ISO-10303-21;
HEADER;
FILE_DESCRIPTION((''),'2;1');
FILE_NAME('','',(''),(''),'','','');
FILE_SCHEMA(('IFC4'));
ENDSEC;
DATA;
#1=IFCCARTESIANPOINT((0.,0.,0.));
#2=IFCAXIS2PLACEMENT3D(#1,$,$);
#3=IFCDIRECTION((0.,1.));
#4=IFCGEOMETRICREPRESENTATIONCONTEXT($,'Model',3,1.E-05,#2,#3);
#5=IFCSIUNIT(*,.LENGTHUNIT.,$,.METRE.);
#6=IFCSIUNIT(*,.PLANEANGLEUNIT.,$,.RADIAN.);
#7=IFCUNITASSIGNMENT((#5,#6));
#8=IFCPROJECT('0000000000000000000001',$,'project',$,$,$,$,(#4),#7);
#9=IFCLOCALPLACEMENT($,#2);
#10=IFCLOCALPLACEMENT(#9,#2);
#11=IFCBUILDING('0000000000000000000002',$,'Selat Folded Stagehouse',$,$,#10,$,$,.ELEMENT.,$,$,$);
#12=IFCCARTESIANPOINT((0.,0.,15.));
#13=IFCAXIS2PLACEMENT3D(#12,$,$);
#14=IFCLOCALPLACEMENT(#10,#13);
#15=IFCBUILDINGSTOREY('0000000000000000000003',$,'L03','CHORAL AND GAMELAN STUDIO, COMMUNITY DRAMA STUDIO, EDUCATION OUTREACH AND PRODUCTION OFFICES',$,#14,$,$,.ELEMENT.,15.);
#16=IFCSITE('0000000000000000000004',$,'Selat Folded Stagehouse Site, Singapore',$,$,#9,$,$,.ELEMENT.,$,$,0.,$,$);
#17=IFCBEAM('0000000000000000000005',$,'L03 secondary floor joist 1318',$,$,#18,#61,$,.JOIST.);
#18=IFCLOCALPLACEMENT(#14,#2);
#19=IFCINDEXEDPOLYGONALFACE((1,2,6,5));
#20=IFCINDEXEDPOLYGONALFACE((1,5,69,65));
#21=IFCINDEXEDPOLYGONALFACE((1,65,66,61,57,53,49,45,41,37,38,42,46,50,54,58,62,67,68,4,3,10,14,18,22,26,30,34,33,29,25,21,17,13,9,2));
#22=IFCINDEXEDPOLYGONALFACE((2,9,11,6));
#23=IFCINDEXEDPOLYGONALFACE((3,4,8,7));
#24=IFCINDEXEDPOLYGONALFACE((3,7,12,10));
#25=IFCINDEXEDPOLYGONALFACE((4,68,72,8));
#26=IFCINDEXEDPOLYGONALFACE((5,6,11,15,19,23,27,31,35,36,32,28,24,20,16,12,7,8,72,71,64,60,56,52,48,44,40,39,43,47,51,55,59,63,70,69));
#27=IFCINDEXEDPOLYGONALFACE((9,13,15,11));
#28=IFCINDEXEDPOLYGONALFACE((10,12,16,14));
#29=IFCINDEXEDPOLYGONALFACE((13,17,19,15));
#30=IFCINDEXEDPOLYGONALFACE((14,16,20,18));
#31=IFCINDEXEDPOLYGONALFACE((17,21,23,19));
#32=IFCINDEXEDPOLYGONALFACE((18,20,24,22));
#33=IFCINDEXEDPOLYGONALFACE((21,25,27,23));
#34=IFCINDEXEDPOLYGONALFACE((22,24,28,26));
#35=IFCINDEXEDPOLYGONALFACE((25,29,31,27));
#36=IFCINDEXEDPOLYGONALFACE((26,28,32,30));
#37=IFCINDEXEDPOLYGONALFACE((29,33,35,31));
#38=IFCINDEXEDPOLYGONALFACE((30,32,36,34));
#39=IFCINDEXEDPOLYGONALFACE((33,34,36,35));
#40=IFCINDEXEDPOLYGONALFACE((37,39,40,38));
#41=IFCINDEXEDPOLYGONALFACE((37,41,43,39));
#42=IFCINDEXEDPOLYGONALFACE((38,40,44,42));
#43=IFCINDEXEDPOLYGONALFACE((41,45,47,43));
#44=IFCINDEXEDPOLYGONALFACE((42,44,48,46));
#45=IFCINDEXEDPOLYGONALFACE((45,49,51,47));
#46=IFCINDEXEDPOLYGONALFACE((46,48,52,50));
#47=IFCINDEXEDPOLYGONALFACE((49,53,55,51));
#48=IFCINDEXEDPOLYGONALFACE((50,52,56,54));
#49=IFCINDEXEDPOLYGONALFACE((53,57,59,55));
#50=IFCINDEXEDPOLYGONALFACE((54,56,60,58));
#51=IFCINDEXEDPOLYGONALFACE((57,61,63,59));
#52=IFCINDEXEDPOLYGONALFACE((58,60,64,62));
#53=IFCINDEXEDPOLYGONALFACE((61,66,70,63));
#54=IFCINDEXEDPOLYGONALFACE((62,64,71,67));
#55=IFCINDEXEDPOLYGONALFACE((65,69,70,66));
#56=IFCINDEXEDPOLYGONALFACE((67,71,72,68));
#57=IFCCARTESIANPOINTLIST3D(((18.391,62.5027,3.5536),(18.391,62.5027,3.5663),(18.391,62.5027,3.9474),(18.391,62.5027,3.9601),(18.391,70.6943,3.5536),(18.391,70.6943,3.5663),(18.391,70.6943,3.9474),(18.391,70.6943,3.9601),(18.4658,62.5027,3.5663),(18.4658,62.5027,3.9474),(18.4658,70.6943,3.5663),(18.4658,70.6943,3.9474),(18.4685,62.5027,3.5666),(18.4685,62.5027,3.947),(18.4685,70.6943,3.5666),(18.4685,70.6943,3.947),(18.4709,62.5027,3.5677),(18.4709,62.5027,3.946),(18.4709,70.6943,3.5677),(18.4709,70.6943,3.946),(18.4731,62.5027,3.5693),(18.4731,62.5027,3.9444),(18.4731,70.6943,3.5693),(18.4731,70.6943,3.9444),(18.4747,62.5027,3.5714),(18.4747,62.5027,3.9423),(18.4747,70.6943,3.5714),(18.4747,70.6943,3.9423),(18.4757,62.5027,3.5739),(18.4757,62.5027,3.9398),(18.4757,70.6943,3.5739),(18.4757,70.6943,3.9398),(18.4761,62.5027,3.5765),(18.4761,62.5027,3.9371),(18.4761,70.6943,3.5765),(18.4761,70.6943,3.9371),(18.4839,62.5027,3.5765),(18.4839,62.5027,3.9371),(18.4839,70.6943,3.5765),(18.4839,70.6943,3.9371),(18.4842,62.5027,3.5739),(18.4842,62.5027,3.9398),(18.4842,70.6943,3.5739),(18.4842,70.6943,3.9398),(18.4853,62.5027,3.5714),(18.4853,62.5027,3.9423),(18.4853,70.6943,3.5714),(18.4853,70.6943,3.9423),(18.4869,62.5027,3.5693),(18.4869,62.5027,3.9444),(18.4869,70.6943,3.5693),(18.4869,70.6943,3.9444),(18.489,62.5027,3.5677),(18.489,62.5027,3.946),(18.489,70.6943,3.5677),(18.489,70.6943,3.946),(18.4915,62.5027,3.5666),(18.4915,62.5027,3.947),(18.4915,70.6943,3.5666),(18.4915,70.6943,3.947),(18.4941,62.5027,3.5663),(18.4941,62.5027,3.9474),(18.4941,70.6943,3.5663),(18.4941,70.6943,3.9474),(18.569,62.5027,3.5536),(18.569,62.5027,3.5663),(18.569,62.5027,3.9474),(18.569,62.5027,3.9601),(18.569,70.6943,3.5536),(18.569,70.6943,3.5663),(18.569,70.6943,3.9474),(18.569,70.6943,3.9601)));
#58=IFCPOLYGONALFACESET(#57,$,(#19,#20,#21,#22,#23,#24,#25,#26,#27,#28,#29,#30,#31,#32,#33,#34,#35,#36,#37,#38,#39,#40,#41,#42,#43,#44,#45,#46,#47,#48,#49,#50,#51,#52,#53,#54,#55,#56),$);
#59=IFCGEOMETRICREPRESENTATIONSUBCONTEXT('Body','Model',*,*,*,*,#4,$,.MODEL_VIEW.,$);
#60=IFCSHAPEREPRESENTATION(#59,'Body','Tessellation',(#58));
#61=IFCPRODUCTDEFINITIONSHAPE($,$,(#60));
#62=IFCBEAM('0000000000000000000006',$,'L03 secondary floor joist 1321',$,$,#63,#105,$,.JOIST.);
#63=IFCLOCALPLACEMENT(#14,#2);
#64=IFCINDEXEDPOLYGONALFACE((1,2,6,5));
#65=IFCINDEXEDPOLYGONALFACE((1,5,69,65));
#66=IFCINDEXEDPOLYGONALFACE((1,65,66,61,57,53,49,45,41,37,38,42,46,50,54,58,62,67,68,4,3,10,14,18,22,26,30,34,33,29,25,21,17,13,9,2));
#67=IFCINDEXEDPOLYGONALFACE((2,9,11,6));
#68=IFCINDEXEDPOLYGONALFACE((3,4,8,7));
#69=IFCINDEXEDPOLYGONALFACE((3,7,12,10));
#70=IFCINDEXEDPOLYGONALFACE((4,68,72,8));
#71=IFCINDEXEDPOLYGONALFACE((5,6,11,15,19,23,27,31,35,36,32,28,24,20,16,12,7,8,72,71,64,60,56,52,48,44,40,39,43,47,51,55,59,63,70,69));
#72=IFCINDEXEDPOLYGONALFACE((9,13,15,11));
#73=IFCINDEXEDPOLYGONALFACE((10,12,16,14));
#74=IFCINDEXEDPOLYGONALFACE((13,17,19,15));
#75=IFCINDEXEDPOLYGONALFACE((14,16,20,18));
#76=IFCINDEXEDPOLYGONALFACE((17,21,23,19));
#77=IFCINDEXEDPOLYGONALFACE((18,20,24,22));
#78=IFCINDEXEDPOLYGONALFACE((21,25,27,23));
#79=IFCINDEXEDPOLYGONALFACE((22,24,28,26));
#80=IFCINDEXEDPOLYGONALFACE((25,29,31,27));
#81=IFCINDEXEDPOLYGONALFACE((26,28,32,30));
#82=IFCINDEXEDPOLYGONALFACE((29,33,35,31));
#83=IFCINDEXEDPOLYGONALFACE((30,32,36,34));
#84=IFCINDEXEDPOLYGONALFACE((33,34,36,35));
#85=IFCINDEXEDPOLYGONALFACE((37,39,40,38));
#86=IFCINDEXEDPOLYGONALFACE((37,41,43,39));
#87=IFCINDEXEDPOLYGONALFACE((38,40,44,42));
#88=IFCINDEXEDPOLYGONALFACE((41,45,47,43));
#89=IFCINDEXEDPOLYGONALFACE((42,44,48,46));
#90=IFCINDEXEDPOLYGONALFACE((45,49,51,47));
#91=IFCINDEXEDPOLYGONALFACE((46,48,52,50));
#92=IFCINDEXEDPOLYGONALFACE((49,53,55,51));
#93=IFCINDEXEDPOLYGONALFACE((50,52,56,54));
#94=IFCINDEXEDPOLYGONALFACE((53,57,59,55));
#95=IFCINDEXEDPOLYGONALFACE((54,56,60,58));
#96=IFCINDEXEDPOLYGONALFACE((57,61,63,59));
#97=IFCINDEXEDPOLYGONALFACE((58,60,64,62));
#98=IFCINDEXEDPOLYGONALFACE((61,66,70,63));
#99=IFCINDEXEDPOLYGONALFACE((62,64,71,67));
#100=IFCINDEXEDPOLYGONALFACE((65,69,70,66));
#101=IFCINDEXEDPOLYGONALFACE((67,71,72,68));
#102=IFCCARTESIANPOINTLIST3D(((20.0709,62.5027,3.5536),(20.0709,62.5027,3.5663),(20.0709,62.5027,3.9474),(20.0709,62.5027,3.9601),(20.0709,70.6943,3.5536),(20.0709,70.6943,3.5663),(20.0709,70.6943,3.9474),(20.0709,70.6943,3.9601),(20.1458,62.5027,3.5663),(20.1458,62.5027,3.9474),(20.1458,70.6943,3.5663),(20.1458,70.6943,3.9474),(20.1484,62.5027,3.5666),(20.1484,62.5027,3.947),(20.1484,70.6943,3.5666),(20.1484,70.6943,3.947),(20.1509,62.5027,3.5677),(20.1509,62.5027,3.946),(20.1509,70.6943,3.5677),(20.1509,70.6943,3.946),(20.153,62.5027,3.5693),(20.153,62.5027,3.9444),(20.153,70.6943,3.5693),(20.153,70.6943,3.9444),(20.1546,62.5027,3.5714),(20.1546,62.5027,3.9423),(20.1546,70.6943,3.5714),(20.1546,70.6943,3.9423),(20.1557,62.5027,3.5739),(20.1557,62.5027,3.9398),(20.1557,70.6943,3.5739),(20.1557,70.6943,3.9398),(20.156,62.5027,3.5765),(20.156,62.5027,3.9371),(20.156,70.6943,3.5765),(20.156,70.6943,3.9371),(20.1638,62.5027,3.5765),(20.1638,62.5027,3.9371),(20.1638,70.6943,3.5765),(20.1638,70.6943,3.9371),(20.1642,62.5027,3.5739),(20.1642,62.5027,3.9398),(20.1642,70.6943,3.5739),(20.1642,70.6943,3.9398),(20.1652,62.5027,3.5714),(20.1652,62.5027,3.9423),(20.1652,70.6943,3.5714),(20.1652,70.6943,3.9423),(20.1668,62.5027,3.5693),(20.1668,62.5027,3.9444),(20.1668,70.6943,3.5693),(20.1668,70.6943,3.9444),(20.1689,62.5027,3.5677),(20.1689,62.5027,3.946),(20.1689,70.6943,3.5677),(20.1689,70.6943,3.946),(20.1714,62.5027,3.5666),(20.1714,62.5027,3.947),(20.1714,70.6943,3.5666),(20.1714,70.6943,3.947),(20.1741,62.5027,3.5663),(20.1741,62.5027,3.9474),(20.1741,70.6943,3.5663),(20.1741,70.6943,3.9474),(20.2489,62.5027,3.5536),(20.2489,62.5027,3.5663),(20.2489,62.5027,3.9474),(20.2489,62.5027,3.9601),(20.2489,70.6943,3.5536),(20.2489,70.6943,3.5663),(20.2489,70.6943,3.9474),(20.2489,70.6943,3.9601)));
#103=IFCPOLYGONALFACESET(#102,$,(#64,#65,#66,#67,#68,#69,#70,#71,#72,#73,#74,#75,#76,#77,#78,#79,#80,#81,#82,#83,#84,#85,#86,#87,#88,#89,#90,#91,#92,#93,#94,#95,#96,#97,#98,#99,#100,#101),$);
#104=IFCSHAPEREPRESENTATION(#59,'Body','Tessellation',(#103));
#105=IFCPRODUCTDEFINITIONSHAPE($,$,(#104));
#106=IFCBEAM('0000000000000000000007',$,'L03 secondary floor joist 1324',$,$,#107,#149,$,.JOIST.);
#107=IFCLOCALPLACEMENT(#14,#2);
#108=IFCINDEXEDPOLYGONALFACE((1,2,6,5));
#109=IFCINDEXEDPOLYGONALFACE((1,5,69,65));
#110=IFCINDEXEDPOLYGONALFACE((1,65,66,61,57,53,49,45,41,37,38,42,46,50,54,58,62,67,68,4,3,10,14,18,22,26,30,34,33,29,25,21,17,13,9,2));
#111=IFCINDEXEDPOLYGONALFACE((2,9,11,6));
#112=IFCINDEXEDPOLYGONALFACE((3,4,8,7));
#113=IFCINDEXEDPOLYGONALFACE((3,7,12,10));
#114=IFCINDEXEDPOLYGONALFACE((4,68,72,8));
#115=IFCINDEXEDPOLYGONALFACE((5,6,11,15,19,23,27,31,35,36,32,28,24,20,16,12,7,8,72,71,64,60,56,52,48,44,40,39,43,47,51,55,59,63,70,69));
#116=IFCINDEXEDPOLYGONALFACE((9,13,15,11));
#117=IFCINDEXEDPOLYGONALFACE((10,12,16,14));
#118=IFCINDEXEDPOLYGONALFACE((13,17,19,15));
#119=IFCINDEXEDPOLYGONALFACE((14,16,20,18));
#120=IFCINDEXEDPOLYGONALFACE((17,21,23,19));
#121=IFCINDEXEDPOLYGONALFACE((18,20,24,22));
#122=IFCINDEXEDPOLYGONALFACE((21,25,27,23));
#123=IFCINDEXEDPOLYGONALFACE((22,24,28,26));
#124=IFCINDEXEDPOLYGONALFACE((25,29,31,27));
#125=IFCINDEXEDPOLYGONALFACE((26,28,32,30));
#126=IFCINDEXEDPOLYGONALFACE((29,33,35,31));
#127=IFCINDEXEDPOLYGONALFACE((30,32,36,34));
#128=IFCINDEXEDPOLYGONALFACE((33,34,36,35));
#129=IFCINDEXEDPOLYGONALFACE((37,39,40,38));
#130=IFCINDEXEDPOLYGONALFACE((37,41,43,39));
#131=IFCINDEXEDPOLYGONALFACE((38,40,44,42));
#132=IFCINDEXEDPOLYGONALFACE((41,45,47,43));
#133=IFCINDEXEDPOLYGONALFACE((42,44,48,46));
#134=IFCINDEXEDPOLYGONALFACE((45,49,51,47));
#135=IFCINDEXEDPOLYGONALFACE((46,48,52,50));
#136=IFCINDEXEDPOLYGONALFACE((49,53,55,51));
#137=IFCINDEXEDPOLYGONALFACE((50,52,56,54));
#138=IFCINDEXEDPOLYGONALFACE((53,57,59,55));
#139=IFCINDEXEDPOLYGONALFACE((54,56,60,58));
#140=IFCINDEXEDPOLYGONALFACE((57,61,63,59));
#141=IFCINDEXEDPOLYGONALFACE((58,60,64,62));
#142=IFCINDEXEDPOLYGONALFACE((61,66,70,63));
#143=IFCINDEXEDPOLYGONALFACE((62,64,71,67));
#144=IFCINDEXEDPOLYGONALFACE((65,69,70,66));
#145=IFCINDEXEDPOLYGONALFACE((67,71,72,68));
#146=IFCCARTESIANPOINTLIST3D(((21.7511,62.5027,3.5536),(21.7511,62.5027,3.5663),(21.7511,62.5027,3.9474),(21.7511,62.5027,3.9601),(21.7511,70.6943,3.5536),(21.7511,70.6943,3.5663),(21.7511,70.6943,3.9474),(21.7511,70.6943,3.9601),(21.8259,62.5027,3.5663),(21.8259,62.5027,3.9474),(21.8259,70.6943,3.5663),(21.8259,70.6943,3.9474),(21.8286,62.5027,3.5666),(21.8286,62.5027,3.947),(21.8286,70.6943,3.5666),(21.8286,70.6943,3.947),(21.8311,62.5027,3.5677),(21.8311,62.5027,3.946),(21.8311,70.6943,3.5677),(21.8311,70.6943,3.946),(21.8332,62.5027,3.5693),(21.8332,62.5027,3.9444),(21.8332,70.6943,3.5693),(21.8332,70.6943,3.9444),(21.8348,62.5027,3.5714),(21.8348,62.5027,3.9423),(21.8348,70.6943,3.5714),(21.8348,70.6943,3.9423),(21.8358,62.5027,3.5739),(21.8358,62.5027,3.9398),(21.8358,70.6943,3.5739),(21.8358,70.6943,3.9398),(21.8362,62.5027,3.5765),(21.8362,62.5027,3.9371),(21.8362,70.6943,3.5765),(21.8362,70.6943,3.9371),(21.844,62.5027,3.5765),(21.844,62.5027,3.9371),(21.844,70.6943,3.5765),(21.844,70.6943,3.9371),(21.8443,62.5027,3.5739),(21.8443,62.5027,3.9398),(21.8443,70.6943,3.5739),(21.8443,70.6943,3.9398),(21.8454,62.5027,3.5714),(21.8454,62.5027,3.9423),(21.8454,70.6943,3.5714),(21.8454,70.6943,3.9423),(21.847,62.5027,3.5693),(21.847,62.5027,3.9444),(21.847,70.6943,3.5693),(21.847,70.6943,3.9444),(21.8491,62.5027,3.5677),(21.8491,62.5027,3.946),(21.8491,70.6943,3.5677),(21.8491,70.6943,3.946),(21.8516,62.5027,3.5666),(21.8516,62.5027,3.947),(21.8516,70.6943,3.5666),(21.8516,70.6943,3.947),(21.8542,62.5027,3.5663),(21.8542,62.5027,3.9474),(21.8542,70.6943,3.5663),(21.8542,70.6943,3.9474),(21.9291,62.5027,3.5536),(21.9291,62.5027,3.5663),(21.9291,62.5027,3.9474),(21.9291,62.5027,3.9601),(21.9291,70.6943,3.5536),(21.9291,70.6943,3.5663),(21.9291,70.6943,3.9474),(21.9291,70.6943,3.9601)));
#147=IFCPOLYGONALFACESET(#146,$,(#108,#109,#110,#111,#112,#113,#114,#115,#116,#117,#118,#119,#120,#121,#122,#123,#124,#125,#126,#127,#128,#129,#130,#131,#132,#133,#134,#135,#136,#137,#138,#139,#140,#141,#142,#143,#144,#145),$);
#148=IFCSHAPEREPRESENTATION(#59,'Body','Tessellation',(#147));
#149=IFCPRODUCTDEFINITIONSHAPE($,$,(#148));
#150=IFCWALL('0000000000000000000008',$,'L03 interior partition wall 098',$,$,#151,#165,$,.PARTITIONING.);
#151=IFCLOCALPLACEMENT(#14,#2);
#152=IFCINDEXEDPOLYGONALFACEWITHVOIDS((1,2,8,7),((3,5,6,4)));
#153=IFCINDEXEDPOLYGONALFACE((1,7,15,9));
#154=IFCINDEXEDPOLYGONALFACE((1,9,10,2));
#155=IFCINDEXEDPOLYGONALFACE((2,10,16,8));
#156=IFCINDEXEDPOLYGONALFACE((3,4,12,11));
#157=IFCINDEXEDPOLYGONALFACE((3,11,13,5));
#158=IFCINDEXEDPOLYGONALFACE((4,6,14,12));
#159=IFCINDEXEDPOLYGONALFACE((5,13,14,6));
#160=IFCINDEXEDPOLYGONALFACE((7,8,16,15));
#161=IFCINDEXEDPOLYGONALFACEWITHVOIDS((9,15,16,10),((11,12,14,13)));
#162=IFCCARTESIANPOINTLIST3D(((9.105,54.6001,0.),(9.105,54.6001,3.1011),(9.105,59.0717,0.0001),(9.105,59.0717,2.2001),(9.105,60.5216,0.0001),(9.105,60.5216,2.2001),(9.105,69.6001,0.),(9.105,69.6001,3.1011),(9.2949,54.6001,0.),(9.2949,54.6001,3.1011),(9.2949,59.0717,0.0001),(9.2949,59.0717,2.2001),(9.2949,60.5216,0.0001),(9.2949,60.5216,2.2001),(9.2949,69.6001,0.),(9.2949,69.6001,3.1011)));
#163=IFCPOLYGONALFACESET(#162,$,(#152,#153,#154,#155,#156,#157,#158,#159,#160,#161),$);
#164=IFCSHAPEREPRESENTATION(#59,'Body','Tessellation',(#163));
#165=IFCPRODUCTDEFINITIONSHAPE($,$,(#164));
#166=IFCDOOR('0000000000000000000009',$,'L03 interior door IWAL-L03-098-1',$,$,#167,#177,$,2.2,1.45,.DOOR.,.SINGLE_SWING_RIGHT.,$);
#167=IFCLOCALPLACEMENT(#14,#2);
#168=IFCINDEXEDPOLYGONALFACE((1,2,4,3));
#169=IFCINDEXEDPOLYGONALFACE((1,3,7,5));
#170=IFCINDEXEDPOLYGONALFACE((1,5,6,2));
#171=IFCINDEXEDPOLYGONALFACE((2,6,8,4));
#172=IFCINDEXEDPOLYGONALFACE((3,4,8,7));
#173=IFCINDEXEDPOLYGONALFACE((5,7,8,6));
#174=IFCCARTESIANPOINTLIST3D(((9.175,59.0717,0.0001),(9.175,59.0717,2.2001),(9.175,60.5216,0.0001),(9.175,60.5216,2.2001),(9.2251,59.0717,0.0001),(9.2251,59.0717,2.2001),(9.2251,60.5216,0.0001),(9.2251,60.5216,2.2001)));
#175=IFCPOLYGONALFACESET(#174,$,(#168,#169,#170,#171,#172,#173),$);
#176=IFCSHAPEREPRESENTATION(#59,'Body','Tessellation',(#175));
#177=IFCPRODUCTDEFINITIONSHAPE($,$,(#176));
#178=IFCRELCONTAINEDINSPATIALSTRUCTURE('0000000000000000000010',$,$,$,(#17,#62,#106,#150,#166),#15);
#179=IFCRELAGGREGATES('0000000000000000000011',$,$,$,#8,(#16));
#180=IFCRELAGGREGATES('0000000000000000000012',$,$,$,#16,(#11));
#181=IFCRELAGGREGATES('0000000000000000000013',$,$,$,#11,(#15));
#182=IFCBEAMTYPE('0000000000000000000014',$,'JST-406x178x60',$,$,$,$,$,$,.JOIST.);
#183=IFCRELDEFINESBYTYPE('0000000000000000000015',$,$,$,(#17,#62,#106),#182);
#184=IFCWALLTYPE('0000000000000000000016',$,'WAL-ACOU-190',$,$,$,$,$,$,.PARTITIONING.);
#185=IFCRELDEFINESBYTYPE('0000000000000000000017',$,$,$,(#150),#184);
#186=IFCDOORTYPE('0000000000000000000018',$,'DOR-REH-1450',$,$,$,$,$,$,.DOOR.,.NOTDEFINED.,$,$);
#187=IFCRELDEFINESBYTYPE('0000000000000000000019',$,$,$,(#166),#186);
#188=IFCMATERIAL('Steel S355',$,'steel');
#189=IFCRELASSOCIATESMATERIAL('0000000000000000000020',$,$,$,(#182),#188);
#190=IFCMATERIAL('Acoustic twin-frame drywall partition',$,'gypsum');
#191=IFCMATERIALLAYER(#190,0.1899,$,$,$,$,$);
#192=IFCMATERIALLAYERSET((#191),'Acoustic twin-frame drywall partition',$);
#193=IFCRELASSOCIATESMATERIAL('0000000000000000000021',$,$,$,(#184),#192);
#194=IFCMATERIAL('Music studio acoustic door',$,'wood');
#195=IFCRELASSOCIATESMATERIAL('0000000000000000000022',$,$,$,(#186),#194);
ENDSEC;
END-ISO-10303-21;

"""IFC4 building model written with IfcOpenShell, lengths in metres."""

from ifc_helpers import new_model, si_unit, direction, frame, frame_2d, origin, origin_2d, place, context, subcontext, project, spatial, rectangle, i_section, extrude, material, layer, layer_set, material_profile, profile_set, type_object, element, fill, save


model = new_model("IFC4")

# Units and contexts
model_context = context("Model", 3, precision=1e-05, world=origin(), true_north=direction((0.0, 1.0)))
body_context = subcontext(model_context, "Body", "Model", "MODEL_VIEW")
ifc_project = project(units=[si_unit("LENGTHUNIT", "METRE"), si_unit("PLANEANGLEUNIT", "RADIAN")], contexts=[model_context])

# Site, building, storey
site_placement = place(None, origin())
site = spatial("IfcSite", under=ifc_project, at=site_placement, Name="Selat Folded Stagehouse Site, Singapore", CompositionType="ELEMENT", RefElevation=0.0)
building_placement = place(site_placement, origin())
building = spatial("IfcBuilding", under=site, at=building_placement, Name="Selat Folded Stagehouse", CompositionType="ELEMENT")
storey_placement = place(building_placement, frame((0.0, 0.0, 15.0)))
storey = spatial("IfcBuildingStorey", under=building, at=storey_placement, Name="L03", Description="CHORAL AND GAMELAN STUDIO, COMMUNITY DRAMA STUDIO, EDUCATION OUTREACH AND PRODUCTION OFFICES", CompositionType="ELEMENT", Elevation=15.0)

# Shared definitions
ifc_material_1 = material(Name="Steel S355", Category="steel")

# Beams
ifc_material_profile_1 = material_profile(ifc_material_1, i_section(OverallWidth=0.178, OverallDepth=0.4065, WebThickness=0.0078, FlangeThickness=0.0127, FilletRadius=0.0103, at=origin_2d()), Name="UKB 406x178x60")
ifc_profile_set_1 = profile_set([ifc_material_profile_1], Name="Steel S355")
beam_type_1 = type_object("IfcBeamType", Name="JST-406x178x60", PredefinedType="JOIST", material=ifc_profile_set_1)
for number, where, z_axis, x_axis, name in (
    (1, (18.48, 62.5027, 3.7568), (0.0, 1.0, 0.0), (-1.0, 0.0, 0.0), "L03 secondary floor joist 1318"),
    (2, (20.1599, 62.5027, 3.7568), (0.0, 1.0, 0.0), (-1.0, 0.0, 0.0), "L03 secondary floor joist 1321"),
    (3, (21.8401, 62.5027, 3.7568), (0.0, 1.0, 0.0), (-1.0, 0.0, 0.0), "L03 secondary floor joist 1324"),
):
    element("IfcBeam", number, at=place(storey_placement, frame(where, z_axis=z_axis, x_axis=x_axis)), inside=storey, type_object=beam_type_1, Name=name, PredefinedType="JOIST", context=body_context, shape_type="SweptSolid", body=[
        extrude(i_section(OverallWidth=0.178, OverallDepth=0.4065, WebThickness=0.0078, FlangeThickness=0.0127, FilletRadius=0.0103, at=origin_2d()), origin(), (0.0, 0.0, 1.0), 8.1917),
    ])

# Wall, opening, door
ifc_material_2 = material(Name="Acoustic twin-frame drywall partition", Category="gypsum")
ifc_layer_1 = layer(ifc_material_2, 0.1899)
ifc_layer_set_1 = layer_set([ifc_layer_1], Name="Acoustic twin-frame drywall partition")
wall_type_1 = type_object("IfcWallType", Name="WAL-ACOU-190", PredefinedType="PARTITIONING", material=ifc_layer_set_1)
wall_1_placement = place(storey_placement, frame((9.2, 54.6001, 0.0), z_axis=(0.0, 0.0, 1.0), x_axis=(0.0, 1.0, 0.0)))
wall_1 = element("IfcWall", 4, at=wall_1_placement, inside=storey, type_object=wall_type_1, Name="L03 interior partition wall 098", PredefinedType="PARTITIONING", context=body_context, shape_type="SweptSolid", body=[
    extrude(rectangle(XDim=15.0, YDim=0.1899, at=frame_2d((7.5, 0.0))), origin(), (0.0, 0.0, 1.0), 3.1011),
])
opening_1_placement = place(wall_1_placement, frame((4.4714, 0.0, 0.0)))
opening_1 = element("IfcOpeningElement", 5, at=opening_1_placement, cuts=wall_1, PredefinedType="OPENING", context=body_context, shape_type="SweptSolid", body=[
    extrude(rectangle(XDim=1.45, YDim=2.2, at=frame_2d((0.7251, 1.1001))), frame((0.0, 0.105, 0.0), z_axis=(0.0, -1.0, 0.0), x_axis=(1.0, 0.0, 0.0)), (0.0, 0.0, 1.0), 0.21),
])
ifc_material_3 = material(Name="Music studio acoustic door", Category="wood")
door_type = type_object("IfcDoorType", Name="DOR-REH-1450", OperationType="NOTDEFINED", PredefinedType="DOOR", material=ifc_material_3)
door_1_placement = place(opening_1_placement, origin())
door_1 = element("IfcDoor", 6, at=door_1_placement, inside=storey, type_object=door_type, Name="L03 interior door IWAL-L03-098-1", OperationType="SINGLE_SWING_RIGHT", OverallHeight=2.2, OverallWidth=1.45, PredefinedType="DOOR", context=body_context, shape_type="SweptSolid", body=[
    extrude(rectangle(XDim=1.45, YDim=2.2, at=frame_2d((0.7251, 1.1001))), frame((0.0, 0.0249, 0.0), z_axis=(0.0, -1.0, 0.0), x_axis=(1.0, 0.0, 0.0)), (0.0, 0.0, 1.0), 0.05),
])
fill(opening_1, door_1)

save(model, "model.ifc")
